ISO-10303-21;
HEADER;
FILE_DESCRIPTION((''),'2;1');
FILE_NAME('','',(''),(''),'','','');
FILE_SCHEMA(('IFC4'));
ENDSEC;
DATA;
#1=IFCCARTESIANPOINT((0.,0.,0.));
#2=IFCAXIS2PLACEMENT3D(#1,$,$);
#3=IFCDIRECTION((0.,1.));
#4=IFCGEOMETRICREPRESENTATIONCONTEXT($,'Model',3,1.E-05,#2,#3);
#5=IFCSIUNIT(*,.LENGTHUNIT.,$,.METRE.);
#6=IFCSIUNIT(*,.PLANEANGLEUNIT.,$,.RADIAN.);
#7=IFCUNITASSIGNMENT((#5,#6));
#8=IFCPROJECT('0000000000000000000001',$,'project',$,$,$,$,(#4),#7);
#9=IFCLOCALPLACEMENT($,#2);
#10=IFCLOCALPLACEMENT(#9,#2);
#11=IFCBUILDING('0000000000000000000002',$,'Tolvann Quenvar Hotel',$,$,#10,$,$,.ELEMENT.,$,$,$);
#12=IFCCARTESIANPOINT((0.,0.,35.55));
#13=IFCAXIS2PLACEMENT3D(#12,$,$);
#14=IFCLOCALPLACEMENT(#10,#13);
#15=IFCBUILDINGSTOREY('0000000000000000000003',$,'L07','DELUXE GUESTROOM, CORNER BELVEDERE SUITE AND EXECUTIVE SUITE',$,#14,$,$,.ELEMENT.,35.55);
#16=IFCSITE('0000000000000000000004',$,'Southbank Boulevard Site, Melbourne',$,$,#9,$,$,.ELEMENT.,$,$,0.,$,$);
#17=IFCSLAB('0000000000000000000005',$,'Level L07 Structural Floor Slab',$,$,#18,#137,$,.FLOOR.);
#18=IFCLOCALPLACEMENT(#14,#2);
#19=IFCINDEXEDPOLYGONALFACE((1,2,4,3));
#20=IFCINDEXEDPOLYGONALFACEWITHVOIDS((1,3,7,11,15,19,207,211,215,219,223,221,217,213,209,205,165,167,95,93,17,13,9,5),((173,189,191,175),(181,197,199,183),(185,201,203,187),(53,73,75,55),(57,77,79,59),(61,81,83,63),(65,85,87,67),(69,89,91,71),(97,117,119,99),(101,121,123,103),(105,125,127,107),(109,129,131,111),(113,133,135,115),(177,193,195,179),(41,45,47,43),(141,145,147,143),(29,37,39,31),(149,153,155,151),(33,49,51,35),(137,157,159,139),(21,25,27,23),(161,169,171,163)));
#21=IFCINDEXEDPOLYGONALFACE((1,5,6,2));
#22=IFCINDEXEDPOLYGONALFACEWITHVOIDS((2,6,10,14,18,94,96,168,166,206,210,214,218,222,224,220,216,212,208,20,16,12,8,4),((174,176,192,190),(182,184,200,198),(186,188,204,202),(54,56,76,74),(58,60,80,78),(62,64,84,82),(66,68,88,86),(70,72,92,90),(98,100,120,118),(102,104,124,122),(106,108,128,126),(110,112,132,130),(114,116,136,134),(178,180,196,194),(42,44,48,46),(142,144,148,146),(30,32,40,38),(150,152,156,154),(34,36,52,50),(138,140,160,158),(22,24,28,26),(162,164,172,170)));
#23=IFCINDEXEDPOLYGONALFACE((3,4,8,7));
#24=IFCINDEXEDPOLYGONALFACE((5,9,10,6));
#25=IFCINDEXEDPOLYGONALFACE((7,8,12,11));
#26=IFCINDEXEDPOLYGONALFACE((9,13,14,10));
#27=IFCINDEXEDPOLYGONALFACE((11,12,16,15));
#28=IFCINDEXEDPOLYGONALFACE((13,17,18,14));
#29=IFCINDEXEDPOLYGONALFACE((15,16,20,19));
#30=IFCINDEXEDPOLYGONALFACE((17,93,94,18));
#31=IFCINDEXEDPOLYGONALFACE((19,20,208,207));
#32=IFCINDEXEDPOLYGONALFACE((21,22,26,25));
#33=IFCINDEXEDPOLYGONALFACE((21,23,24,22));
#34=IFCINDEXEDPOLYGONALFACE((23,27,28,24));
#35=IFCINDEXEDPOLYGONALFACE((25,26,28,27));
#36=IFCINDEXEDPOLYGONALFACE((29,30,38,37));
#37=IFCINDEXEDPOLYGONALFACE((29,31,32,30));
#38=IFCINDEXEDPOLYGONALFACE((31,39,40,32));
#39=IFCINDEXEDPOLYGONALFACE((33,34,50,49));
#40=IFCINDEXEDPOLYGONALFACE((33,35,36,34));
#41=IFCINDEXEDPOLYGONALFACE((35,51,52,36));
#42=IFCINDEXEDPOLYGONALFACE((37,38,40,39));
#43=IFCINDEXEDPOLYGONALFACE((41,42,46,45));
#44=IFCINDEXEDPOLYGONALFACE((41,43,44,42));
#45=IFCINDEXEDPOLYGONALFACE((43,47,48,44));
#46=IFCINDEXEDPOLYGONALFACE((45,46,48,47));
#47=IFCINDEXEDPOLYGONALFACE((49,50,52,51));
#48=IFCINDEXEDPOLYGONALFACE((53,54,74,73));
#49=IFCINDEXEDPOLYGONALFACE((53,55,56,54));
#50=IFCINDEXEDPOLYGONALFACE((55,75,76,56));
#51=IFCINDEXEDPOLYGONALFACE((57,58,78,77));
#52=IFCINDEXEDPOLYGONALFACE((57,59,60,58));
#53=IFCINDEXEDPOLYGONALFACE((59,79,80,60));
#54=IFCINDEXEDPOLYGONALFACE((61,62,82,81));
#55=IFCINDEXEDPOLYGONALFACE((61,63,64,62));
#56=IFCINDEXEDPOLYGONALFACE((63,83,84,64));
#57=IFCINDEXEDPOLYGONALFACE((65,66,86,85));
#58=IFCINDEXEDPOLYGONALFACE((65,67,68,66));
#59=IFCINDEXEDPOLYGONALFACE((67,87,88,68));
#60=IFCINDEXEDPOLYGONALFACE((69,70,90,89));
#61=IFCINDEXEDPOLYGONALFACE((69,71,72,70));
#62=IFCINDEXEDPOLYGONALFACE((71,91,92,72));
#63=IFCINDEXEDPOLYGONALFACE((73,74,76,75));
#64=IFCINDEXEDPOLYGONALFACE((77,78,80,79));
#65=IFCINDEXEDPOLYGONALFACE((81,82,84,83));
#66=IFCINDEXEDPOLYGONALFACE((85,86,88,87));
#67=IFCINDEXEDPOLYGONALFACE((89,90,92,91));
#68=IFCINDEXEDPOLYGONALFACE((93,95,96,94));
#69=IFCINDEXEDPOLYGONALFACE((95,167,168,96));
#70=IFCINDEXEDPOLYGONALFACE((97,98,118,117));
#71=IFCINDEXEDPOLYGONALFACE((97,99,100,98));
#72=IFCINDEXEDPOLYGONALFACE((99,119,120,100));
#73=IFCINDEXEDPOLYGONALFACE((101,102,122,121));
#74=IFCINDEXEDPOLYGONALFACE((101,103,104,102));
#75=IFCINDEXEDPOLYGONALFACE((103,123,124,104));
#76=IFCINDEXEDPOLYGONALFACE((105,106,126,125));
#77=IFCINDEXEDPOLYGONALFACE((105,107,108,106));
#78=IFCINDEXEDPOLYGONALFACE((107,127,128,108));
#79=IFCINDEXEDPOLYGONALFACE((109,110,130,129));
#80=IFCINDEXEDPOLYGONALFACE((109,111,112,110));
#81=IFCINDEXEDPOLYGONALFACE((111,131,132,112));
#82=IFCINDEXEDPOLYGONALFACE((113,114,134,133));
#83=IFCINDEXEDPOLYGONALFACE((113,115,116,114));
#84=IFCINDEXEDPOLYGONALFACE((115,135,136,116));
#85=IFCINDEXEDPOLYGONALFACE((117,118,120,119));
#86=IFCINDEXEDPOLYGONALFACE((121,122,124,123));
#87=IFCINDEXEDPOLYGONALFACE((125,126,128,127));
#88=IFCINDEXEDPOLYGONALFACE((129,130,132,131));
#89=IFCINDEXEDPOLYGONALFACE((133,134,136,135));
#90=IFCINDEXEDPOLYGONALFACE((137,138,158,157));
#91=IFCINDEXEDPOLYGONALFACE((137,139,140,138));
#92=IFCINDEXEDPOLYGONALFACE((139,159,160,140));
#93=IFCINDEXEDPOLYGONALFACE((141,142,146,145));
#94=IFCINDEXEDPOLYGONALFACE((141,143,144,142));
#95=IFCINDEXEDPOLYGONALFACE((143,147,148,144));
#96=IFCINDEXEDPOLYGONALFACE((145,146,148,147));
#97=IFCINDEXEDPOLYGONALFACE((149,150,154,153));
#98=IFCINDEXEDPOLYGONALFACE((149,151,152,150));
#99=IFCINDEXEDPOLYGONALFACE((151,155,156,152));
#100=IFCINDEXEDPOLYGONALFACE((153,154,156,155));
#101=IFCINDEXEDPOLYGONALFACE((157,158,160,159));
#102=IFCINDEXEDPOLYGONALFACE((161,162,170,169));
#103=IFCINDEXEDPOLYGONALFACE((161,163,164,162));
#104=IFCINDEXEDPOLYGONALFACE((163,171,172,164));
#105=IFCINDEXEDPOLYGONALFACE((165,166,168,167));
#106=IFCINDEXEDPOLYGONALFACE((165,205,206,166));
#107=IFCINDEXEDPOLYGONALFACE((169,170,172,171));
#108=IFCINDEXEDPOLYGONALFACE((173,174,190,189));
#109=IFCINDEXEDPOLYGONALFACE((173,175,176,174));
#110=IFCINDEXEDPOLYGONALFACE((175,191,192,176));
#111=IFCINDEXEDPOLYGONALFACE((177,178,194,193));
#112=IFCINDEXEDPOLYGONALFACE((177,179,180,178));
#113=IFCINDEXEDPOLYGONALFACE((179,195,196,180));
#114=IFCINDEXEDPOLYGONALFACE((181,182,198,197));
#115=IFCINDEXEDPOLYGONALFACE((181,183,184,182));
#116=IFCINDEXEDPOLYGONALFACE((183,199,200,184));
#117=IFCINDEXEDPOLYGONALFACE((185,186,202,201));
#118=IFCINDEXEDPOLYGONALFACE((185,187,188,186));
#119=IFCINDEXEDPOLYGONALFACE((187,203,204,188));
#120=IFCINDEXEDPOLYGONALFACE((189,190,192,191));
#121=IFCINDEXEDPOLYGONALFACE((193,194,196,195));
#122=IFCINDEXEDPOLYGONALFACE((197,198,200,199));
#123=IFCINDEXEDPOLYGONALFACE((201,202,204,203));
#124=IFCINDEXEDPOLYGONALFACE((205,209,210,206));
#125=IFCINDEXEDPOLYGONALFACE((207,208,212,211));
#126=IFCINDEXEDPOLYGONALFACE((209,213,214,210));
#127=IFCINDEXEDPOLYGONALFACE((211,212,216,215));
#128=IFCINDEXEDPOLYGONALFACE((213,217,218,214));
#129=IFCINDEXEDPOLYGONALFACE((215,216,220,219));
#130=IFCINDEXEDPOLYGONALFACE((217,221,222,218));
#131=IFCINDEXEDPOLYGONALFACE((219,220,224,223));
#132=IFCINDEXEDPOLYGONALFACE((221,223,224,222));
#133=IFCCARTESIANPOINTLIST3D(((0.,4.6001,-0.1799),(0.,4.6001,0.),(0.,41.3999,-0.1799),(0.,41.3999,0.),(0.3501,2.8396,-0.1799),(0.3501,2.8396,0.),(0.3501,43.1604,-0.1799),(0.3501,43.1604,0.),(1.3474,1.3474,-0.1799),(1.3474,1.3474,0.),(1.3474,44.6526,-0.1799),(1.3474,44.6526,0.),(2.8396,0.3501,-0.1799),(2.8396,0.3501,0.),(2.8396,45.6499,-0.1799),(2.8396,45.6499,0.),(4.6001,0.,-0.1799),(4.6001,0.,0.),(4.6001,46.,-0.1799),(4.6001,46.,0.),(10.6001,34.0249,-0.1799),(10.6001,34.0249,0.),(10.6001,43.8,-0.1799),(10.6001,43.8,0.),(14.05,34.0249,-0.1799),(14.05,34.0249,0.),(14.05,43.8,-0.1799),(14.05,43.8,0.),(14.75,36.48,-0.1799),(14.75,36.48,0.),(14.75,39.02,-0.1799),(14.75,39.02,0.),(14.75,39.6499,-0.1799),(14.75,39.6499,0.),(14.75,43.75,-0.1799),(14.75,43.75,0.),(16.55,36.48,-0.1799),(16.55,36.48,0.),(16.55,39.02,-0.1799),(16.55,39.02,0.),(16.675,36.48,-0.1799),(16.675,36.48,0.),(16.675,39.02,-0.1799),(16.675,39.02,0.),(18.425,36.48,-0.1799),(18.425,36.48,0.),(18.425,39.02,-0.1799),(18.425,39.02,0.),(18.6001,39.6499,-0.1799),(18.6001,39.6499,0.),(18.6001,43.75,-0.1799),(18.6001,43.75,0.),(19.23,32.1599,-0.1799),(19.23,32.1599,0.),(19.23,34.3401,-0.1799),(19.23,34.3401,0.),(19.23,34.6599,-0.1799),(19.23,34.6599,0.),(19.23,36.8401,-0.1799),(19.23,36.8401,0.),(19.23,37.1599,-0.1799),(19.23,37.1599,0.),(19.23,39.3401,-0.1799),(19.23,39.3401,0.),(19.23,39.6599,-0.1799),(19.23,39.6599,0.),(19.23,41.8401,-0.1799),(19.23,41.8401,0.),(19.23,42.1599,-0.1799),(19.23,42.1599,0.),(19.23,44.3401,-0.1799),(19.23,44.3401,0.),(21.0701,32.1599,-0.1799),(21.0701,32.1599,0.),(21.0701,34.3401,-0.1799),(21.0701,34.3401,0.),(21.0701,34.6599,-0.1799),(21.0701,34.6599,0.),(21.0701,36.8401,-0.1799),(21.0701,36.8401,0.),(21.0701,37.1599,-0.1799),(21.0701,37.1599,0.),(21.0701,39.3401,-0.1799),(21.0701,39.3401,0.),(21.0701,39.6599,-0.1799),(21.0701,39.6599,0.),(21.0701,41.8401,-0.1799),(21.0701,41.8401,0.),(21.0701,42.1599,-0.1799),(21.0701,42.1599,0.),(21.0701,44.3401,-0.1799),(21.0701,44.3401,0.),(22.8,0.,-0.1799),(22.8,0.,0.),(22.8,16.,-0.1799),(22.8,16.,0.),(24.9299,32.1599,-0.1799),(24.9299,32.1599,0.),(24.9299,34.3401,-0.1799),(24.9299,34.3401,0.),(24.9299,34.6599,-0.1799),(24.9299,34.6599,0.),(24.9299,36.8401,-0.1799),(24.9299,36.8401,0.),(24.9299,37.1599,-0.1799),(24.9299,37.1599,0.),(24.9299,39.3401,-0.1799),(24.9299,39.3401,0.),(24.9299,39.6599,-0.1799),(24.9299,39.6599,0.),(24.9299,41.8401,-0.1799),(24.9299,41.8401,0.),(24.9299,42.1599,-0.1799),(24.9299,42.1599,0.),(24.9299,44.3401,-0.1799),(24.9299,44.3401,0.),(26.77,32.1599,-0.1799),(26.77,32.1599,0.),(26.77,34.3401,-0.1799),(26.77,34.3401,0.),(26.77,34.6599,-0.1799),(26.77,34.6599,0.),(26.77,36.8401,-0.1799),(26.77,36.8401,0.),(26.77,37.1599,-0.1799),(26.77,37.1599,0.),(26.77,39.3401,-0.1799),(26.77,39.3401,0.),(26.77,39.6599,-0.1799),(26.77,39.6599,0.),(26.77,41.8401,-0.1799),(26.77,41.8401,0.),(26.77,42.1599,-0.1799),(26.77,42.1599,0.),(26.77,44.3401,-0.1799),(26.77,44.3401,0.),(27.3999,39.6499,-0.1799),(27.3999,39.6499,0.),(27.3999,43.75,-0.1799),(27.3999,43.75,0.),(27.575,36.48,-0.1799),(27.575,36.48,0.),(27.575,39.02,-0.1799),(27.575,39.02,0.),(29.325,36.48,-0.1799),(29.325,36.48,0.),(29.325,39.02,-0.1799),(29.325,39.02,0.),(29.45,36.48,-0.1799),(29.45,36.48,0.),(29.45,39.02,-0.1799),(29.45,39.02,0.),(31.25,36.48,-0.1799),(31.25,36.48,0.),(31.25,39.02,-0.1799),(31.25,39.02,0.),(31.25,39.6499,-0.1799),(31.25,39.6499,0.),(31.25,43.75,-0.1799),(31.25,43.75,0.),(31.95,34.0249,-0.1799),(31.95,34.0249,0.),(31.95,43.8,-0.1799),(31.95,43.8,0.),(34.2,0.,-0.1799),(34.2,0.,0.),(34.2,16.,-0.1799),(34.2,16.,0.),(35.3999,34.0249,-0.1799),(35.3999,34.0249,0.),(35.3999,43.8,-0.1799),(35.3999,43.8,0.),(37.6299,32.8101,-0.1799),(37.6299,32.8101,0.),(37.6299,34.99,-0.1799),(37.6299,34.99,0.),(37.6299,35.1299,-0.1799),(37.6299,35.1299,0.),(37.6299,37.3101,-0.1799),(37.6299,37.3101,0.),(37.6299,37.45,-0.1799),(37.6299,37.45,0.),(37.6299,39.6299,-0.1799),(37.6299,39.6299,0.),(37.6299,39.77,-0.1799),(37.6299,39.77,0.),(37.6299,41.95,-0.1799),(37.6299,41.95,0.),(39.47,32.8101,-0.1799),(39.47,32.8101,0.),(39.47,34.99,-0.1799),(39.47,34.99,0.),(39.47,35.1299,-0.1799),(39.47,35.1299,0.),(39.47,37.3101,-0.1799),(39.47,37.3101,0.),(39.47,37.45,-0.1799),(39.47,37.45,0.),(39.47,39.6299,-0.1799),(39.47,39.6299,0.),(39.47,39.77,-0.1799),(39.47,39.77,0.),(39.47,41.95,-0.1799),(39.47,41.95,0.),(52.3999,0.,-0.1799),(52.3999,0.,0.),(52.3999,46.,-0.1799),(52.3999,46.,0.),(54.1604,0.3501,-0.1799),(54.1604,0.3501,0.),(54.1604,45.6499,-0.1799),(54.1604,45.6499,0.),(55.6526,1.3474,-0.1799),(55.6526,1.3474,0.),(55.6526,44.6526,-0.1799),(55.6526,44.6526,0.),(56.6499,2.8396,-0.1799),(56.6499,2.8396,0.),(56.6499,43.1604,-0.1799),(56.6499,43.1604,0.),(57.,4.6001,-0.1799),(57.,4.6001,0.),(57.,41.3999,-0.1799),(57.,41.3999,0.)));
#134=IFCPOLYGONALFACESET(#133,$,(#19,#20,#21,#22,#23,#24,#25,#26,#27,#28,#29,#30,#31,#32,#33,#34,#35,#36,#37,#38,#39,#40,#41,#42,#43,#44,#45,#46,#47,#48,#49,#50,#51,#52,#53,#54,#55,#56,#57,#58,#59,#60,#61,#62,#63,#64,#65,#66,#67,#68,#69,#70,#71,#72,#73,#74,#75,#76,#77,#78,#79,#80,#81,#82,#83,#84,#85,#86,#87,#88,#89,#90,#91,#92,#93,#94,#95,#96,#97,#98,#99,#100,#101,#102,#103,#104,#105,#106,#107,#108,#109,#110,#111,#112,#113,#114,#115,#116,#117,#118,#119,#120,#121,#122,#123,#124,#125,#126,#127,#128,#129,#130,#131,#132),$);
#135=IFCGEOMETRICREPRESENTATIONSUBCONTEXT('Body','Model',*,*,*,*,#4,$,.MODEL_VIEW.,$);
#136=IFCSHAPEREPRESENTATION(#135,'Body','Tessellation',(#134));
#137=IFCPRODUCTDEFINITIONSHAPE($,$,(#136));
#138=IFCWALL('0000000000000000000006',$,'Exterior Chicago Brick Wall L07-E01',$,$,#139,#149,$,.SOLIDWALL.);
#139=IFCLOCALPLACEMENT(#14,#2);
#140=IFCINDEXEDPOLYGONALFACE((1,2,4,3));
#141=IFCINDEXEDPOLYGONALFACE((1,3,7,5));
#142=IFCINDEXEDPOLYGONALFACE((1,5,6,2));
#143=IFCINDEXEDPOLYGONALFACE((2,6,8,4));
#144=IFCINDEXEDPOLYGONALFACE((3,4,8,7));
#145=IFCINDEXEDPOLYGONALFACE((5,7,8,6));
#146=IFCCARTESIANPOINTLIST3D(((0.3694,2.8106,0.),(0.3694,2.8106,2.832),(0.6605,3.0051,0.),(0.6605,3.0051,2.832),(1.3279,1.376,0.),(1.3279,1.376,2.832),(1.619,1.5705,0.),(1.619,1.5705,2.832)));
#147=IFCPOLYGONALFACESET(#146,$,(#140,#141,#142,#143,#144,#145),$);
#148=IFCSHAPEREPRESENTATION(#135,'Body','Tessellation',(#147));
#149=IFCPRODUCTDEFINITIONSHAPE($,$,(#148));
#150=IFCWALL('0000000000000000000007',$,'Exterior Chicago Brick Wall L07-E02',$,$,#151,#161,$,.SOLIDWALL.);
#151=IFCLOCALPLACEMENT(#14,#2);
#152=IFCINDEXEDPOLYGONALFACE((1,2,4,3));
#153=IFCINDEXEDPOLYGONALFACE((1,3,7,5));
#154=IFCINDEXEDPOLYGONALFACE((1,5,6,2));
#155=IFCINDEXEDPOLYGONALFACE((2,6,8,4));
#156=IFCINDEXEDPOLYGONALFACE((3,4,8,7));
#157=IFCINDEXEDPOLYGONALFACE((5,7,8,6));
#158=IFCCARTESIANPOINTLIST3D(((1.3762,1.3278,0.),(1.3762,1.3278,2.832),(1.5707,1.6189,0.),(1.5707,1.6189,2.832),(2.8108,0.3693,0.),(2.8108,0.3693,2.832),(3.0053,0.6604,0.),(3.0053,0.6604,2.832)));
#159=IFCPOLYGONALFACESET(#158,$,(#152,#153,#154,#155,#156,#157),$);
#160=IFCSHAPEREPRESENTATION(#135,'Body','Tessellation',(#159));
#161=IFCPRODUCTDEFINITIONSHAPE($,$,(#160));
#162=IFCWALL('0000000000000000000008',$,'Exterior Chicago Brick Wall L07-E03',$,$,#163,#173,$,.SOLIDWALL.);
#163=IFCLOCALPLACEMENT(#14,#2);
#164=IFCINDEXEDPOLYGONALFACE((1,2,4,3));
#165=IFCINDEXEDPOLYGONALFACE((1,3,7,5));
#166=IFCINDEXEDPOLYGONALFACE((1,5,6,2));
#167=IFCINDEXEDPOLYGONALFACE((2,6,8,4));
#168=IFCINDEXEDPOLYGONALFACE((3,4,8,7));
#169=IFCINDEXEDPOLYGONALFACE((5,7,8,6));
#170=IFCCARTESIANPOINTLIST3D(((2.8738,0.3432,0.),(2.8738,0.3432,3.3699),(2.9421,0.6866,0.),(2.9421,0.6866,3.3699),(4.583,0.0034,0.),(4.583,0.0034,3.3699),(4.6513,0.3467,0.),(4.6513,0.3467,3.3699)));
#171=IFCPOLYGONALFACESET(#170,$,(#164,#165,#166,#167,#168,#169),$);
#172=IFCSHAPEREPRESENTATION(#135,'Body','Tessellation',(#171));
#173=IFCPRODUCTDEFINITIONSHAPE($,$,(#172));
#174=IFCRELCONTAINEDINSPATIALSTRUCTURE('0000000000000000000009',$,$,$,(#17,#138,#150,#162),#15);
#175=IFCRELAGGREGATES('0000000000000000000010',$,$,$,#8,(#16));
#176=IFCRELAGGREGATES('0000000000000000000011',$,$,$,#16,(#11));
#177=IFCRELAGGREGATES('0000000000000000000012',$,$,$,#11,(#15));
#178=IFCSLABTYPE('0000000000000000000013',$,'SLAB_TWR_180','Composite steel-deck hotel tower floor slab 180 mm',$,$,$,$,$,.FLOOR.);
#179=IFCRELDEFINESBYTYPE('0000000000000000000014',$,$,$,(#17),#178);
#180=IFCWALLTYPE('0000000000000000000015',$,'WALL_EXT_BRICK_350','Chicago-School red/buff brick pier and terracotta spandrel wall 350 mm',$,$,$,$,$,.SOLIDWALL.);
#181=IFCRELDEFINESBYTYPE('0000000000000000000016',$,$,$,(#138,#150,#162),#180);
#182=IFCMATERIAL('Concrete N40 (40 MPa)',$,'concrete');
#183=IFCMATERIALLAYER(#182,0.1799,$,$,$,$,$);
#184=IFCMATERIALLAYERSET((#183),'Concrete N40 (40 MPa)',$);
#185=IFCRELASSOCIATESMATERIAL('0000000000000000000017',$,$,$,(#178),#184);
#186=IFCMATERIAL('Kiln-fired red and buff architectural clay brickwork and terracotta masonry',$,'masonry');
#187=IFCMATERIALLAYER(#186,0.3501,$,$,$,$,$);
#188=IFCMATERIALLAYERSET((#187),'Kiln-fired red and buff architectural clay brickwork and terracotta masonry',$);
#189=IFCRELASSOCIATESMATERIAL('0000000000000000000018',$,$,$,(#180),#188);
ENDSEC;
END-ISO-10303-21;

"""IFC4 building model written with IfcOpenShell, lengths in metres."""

from ifc_helpers import new_model, si_unit, direction, frame, frame_2d, origin, place, context, subcontext, project, spatial, polyline, rectangle, outline, extrude, material, layer, layer_set, type_object, element, save


model = new_model("IFC4")

# Units and contexts
model_context = context("Model", 3, precision=1e-05, world=origin(), true_north=direction((0.0, 1.0)))
body_context = subcontext(model_context, "Body", "Model", "MODEL_VIEW")
ifc_project = project(units=[si_unit("LENGTHUNIT", "METRE"), si_unit("PLANEANGLEUNIT", "RADIAN")], contexts=[model_context])

# Site, building, storey
site_placement = place(None, origin())
site = spatial("IfcSite", under=ifc_project, at=site_placement, Name="Southbank Boulevard Site, Melbourne", CompositionType="ELEMENT", RefElevation=0.0)
building_placement = place(site_placement, origin())
building = spatial("IfcBuilding", under=site, at=building_placement, Name="Tolvann Quenvar Hotel", CompositionType="ELEMENT")
storey_placement = place(building_placement, frame((0.0, 0.0, 35.55)))
storey = spatial("IfcBuildingStorey", under=building, at=storey_placement, Name="L07", Description="DELUXE GUESTROOM, CORNER BELVEDERE SUITE AND EXECUTIVE SUITE", CompositionType="ELEMENT", Elevation=35.55)

# Shared definitions
ifc_material_1 = material(Name="Concrete N40 (40 MPa)", Category="concrete")

# Slab
ifc_layer_1 = layer(ifc_material_1, 0.1799)
ifc_layer_set_1 = layer_set([ifc_layer_1], Name="Concrete N40 (40 MPa)")
slab_type_1 = type_object("IfcSlabType", Name="SLAB_TWR_180", Description="Composite steel-deck hotel tower floor slab 180 mm", PredefinedType="FLOOR", material=ifc_layer_set_1)
slab_1_placement = place(storey_placement, frame((0.0, 0.0, -0.1799)))
element("IfcSlab", 1, at=slab_1_placement, inside=storey, type_object=slab_type_1, Name="Level L07 Structural Floor Slab", PredefinedType="FLOOR", context=body_context, shape_type="SweptSolid", body=[
    extrude(outline(polyline([(0.0, 4.6001), (0.3501, 2.8396), (1.3474, 1.3474), (2.8396, 0.3501), (4.6001, 0.0), (22.8, 0.0), (22.8, 16.0), (34.2, 16.0), (34.2, 0.0), (52.3999, 0.0), (54.1604, 0.3501), (55.6526, 1.3474), (56.6499, 2.8396), (57.0, 4.6001), (57.0, 41.3999), (56.6499, 43.1604), (55.6526, 44.6526), (54.1604, 45.6499), (52.3999, 46.0), (4.6001, 46.0), (2.8396, 45.6499), (1.3474, 44.6526), (0.3501, 43.1604), (0.0, 41.3999), (0.0, 4.6001)]), holes=[polyline([(37.6299, 41.95), (39.47, 41.95), (39.47, 39.77), (37.6299, 39.77), (37.6299, 41.95)]), polyline([(37.6299, 39.6299), (39.47, 39.6299), (39.47, 37.45), (37.6299, 37.45), (37.6299, 39.6299)]), polyline([(37.6299, 37.3101), (39.47, 37.3101), (39.47, 35.1299), (37.6299, 35.1299), (37.6299, 37.3101)]), polyline([(37.6299, 34.99), (39.47, 34.99), (39.47, 32.8101), (37.6299, 32.8101), (37.6299, 34.99)]), polyline([(31.95, 43.8), (35.3999, 43.8), (35.3999, 34.0249), (31.95, 34.0249), (31.95, 43.8)]), polyline([(31.25, 39.02), (31.25, 36.48), (29.45, 36.48), (29.45, 39.02), (31.25, 39.02)]), polyline([(31.25, 43.75), (31.25, 39.6499), (27.3999, 39.6499), (27.3999, 43.75), (31.25, 43.75)]), polyline([(27.575, 39.02), (29.325, 39.02), (29.325, 36.48), (27.575, 36.48), (27.575, 39.02)]), polyline([(26.77, 36.8401), (26.77, 34.6599), (24.9299, 34.6599), (24.9299, 36.8401), (26.77, 36.8401)]), polyline([(26.77, 44.3401), (26.77, 42.1599), (24.9299, 42.1599), (24.9299, 44.3401), (26.77, 44.3401)]), polyline([(26.77, 41.8401), (26.77, 39.6599), (24.9299, 39.6599), (24.9299, 41.8401), (26.77, 41.8401)]), polyline([(26.77, 39.3401), (26.77, 37.1599), (24.9299, 37.1599), (24.9299, 39.3401), (26.77, 39.3401)]), polyline([(24.9299, 34.3401), (26.77, 34.3401), (26.77, 32.1599), (24.9299, 32.1599), (24.9299, 34.3401)]), polyline([(21.0701, 44.3401), (21.0701, 42.1599), (19.23, 42.1599), (19.23, 44.3401), (21.0701, 44.3401)]), polyline([(19.23, 41.8401), (21.0701, 41.8401), (21.0701, 39.6599), (19.23, 39.6599), (19.23, 41.8401)]), polyline([(21.0701, 39.3401), (21.0701, 37.1599), (19.23, 37.1599), (19.23, 39.3401), (21.0701, 39.3401)]), polyline([(19.23, 36.8401), (21.0701, 36.8401), (21.0701, 34.6599), (19.23, 34.6599), (19.23, 36.8401)]), polyline([(19.23, 34.3401), (21.0701, 34.3401), (21.0701, 32.1599), (19.23, 32.1599), (19.23, 34.3401)]), polyline([(18.6001, 43.75), (18.6001, 39.6499), (14.75, 39.6499), (14.75, 43.75), (18.6001, 43.75)]), polyline([(16.675, 39.02), (18.425, 39.02), (18.425, 36.48), (16.675, 36.48), (16.675, 39.02)]), polyline([(16.55, 39.02), (16.55, 36.48), (14.75, 36.48), (14.75, 39.02), (16.55, 39.02)]), polyline([(10.6001, 43.8), (14.05, 43.8), (14.05, 34.0249), (10.6001, 34.0249), (10.6001, 43.8)])]), origin(), (0.0, 0.0, 1.0), 0.1799),
])

# Walls
ifc_material_2 = material(Name="Kiln-fired red and buff architectural clay brickwork and terracotta masonry", Category="masonry")
ifc_layer_2 = layer(ifc_material_2, 0.3501)
ifc_layer_set_2 = layer_set([ifc_layer_2], Name="Kiln-fired red and buff architectural clay brickwork and terracotta masonry")
wall_type_1 = type_object("IfcWallType", Name="WALL_EXT_BRICK_350", Description="Chicago-School red/buff brick pier and terracotta spandrel wall 350 mm", PredefinedType="SOLIDWALL", material=ifc_layer_set_2)
for number, where, z_axis, x_axis, name in (
    (2, (0.5149, 2.908, 0.0), (0.0, 0.0, 1.0), (0.555549, -0.831484, 0.0), "Exterior Chicago Brick Wall L07-E01"),
    (3, (1.4734, 1.4734, 0.0), (0.0, 0.0, 1.0), (0.831484, -0.555549, 0.0), "Exterior Chicago Brick Wall L07-E02"),
):
    element("IfcWall", number, at=place(storey_placement, frame(where, z_axis=z_axis, x_axis=x_axis)), inside=storey, type_object=wall_type_1, Name=name, PredefinedType="SOLIDWALL", context=body_context, shape_type="SweptSolid", body=[
        extrude(rectangle(XDim=1.7253, YDim=0.3501, at=frame_2d((0.8628, 0.0))), origin(), (0.0, 0.0, 1.0), 2.832),
    ])
wall_1_placement = place(storey_placement, frame((2.908, 0.5149, 0.0), z_axis=(0.0, 0.0, 1.0), x_axis=(0.980801, -0.195011, 0.0)))
element("IfcWall", 4, at=wall_1_placement, inside=storey, type_object=wall_type_1, Name="Exterior Chicago Brick Wall L07-E03", PredefinedType="SOLIDWALL", context=body_context, shape_type="SweptSolid", body=[
    extrude(rectangle(XDim=1.7427, YDim=0.3501, at=frame_2d((0.8713, 0.0))), origin(), (0.0, 0.0, 1.0), 3.3699),
])

save(model, "model.ifc")
